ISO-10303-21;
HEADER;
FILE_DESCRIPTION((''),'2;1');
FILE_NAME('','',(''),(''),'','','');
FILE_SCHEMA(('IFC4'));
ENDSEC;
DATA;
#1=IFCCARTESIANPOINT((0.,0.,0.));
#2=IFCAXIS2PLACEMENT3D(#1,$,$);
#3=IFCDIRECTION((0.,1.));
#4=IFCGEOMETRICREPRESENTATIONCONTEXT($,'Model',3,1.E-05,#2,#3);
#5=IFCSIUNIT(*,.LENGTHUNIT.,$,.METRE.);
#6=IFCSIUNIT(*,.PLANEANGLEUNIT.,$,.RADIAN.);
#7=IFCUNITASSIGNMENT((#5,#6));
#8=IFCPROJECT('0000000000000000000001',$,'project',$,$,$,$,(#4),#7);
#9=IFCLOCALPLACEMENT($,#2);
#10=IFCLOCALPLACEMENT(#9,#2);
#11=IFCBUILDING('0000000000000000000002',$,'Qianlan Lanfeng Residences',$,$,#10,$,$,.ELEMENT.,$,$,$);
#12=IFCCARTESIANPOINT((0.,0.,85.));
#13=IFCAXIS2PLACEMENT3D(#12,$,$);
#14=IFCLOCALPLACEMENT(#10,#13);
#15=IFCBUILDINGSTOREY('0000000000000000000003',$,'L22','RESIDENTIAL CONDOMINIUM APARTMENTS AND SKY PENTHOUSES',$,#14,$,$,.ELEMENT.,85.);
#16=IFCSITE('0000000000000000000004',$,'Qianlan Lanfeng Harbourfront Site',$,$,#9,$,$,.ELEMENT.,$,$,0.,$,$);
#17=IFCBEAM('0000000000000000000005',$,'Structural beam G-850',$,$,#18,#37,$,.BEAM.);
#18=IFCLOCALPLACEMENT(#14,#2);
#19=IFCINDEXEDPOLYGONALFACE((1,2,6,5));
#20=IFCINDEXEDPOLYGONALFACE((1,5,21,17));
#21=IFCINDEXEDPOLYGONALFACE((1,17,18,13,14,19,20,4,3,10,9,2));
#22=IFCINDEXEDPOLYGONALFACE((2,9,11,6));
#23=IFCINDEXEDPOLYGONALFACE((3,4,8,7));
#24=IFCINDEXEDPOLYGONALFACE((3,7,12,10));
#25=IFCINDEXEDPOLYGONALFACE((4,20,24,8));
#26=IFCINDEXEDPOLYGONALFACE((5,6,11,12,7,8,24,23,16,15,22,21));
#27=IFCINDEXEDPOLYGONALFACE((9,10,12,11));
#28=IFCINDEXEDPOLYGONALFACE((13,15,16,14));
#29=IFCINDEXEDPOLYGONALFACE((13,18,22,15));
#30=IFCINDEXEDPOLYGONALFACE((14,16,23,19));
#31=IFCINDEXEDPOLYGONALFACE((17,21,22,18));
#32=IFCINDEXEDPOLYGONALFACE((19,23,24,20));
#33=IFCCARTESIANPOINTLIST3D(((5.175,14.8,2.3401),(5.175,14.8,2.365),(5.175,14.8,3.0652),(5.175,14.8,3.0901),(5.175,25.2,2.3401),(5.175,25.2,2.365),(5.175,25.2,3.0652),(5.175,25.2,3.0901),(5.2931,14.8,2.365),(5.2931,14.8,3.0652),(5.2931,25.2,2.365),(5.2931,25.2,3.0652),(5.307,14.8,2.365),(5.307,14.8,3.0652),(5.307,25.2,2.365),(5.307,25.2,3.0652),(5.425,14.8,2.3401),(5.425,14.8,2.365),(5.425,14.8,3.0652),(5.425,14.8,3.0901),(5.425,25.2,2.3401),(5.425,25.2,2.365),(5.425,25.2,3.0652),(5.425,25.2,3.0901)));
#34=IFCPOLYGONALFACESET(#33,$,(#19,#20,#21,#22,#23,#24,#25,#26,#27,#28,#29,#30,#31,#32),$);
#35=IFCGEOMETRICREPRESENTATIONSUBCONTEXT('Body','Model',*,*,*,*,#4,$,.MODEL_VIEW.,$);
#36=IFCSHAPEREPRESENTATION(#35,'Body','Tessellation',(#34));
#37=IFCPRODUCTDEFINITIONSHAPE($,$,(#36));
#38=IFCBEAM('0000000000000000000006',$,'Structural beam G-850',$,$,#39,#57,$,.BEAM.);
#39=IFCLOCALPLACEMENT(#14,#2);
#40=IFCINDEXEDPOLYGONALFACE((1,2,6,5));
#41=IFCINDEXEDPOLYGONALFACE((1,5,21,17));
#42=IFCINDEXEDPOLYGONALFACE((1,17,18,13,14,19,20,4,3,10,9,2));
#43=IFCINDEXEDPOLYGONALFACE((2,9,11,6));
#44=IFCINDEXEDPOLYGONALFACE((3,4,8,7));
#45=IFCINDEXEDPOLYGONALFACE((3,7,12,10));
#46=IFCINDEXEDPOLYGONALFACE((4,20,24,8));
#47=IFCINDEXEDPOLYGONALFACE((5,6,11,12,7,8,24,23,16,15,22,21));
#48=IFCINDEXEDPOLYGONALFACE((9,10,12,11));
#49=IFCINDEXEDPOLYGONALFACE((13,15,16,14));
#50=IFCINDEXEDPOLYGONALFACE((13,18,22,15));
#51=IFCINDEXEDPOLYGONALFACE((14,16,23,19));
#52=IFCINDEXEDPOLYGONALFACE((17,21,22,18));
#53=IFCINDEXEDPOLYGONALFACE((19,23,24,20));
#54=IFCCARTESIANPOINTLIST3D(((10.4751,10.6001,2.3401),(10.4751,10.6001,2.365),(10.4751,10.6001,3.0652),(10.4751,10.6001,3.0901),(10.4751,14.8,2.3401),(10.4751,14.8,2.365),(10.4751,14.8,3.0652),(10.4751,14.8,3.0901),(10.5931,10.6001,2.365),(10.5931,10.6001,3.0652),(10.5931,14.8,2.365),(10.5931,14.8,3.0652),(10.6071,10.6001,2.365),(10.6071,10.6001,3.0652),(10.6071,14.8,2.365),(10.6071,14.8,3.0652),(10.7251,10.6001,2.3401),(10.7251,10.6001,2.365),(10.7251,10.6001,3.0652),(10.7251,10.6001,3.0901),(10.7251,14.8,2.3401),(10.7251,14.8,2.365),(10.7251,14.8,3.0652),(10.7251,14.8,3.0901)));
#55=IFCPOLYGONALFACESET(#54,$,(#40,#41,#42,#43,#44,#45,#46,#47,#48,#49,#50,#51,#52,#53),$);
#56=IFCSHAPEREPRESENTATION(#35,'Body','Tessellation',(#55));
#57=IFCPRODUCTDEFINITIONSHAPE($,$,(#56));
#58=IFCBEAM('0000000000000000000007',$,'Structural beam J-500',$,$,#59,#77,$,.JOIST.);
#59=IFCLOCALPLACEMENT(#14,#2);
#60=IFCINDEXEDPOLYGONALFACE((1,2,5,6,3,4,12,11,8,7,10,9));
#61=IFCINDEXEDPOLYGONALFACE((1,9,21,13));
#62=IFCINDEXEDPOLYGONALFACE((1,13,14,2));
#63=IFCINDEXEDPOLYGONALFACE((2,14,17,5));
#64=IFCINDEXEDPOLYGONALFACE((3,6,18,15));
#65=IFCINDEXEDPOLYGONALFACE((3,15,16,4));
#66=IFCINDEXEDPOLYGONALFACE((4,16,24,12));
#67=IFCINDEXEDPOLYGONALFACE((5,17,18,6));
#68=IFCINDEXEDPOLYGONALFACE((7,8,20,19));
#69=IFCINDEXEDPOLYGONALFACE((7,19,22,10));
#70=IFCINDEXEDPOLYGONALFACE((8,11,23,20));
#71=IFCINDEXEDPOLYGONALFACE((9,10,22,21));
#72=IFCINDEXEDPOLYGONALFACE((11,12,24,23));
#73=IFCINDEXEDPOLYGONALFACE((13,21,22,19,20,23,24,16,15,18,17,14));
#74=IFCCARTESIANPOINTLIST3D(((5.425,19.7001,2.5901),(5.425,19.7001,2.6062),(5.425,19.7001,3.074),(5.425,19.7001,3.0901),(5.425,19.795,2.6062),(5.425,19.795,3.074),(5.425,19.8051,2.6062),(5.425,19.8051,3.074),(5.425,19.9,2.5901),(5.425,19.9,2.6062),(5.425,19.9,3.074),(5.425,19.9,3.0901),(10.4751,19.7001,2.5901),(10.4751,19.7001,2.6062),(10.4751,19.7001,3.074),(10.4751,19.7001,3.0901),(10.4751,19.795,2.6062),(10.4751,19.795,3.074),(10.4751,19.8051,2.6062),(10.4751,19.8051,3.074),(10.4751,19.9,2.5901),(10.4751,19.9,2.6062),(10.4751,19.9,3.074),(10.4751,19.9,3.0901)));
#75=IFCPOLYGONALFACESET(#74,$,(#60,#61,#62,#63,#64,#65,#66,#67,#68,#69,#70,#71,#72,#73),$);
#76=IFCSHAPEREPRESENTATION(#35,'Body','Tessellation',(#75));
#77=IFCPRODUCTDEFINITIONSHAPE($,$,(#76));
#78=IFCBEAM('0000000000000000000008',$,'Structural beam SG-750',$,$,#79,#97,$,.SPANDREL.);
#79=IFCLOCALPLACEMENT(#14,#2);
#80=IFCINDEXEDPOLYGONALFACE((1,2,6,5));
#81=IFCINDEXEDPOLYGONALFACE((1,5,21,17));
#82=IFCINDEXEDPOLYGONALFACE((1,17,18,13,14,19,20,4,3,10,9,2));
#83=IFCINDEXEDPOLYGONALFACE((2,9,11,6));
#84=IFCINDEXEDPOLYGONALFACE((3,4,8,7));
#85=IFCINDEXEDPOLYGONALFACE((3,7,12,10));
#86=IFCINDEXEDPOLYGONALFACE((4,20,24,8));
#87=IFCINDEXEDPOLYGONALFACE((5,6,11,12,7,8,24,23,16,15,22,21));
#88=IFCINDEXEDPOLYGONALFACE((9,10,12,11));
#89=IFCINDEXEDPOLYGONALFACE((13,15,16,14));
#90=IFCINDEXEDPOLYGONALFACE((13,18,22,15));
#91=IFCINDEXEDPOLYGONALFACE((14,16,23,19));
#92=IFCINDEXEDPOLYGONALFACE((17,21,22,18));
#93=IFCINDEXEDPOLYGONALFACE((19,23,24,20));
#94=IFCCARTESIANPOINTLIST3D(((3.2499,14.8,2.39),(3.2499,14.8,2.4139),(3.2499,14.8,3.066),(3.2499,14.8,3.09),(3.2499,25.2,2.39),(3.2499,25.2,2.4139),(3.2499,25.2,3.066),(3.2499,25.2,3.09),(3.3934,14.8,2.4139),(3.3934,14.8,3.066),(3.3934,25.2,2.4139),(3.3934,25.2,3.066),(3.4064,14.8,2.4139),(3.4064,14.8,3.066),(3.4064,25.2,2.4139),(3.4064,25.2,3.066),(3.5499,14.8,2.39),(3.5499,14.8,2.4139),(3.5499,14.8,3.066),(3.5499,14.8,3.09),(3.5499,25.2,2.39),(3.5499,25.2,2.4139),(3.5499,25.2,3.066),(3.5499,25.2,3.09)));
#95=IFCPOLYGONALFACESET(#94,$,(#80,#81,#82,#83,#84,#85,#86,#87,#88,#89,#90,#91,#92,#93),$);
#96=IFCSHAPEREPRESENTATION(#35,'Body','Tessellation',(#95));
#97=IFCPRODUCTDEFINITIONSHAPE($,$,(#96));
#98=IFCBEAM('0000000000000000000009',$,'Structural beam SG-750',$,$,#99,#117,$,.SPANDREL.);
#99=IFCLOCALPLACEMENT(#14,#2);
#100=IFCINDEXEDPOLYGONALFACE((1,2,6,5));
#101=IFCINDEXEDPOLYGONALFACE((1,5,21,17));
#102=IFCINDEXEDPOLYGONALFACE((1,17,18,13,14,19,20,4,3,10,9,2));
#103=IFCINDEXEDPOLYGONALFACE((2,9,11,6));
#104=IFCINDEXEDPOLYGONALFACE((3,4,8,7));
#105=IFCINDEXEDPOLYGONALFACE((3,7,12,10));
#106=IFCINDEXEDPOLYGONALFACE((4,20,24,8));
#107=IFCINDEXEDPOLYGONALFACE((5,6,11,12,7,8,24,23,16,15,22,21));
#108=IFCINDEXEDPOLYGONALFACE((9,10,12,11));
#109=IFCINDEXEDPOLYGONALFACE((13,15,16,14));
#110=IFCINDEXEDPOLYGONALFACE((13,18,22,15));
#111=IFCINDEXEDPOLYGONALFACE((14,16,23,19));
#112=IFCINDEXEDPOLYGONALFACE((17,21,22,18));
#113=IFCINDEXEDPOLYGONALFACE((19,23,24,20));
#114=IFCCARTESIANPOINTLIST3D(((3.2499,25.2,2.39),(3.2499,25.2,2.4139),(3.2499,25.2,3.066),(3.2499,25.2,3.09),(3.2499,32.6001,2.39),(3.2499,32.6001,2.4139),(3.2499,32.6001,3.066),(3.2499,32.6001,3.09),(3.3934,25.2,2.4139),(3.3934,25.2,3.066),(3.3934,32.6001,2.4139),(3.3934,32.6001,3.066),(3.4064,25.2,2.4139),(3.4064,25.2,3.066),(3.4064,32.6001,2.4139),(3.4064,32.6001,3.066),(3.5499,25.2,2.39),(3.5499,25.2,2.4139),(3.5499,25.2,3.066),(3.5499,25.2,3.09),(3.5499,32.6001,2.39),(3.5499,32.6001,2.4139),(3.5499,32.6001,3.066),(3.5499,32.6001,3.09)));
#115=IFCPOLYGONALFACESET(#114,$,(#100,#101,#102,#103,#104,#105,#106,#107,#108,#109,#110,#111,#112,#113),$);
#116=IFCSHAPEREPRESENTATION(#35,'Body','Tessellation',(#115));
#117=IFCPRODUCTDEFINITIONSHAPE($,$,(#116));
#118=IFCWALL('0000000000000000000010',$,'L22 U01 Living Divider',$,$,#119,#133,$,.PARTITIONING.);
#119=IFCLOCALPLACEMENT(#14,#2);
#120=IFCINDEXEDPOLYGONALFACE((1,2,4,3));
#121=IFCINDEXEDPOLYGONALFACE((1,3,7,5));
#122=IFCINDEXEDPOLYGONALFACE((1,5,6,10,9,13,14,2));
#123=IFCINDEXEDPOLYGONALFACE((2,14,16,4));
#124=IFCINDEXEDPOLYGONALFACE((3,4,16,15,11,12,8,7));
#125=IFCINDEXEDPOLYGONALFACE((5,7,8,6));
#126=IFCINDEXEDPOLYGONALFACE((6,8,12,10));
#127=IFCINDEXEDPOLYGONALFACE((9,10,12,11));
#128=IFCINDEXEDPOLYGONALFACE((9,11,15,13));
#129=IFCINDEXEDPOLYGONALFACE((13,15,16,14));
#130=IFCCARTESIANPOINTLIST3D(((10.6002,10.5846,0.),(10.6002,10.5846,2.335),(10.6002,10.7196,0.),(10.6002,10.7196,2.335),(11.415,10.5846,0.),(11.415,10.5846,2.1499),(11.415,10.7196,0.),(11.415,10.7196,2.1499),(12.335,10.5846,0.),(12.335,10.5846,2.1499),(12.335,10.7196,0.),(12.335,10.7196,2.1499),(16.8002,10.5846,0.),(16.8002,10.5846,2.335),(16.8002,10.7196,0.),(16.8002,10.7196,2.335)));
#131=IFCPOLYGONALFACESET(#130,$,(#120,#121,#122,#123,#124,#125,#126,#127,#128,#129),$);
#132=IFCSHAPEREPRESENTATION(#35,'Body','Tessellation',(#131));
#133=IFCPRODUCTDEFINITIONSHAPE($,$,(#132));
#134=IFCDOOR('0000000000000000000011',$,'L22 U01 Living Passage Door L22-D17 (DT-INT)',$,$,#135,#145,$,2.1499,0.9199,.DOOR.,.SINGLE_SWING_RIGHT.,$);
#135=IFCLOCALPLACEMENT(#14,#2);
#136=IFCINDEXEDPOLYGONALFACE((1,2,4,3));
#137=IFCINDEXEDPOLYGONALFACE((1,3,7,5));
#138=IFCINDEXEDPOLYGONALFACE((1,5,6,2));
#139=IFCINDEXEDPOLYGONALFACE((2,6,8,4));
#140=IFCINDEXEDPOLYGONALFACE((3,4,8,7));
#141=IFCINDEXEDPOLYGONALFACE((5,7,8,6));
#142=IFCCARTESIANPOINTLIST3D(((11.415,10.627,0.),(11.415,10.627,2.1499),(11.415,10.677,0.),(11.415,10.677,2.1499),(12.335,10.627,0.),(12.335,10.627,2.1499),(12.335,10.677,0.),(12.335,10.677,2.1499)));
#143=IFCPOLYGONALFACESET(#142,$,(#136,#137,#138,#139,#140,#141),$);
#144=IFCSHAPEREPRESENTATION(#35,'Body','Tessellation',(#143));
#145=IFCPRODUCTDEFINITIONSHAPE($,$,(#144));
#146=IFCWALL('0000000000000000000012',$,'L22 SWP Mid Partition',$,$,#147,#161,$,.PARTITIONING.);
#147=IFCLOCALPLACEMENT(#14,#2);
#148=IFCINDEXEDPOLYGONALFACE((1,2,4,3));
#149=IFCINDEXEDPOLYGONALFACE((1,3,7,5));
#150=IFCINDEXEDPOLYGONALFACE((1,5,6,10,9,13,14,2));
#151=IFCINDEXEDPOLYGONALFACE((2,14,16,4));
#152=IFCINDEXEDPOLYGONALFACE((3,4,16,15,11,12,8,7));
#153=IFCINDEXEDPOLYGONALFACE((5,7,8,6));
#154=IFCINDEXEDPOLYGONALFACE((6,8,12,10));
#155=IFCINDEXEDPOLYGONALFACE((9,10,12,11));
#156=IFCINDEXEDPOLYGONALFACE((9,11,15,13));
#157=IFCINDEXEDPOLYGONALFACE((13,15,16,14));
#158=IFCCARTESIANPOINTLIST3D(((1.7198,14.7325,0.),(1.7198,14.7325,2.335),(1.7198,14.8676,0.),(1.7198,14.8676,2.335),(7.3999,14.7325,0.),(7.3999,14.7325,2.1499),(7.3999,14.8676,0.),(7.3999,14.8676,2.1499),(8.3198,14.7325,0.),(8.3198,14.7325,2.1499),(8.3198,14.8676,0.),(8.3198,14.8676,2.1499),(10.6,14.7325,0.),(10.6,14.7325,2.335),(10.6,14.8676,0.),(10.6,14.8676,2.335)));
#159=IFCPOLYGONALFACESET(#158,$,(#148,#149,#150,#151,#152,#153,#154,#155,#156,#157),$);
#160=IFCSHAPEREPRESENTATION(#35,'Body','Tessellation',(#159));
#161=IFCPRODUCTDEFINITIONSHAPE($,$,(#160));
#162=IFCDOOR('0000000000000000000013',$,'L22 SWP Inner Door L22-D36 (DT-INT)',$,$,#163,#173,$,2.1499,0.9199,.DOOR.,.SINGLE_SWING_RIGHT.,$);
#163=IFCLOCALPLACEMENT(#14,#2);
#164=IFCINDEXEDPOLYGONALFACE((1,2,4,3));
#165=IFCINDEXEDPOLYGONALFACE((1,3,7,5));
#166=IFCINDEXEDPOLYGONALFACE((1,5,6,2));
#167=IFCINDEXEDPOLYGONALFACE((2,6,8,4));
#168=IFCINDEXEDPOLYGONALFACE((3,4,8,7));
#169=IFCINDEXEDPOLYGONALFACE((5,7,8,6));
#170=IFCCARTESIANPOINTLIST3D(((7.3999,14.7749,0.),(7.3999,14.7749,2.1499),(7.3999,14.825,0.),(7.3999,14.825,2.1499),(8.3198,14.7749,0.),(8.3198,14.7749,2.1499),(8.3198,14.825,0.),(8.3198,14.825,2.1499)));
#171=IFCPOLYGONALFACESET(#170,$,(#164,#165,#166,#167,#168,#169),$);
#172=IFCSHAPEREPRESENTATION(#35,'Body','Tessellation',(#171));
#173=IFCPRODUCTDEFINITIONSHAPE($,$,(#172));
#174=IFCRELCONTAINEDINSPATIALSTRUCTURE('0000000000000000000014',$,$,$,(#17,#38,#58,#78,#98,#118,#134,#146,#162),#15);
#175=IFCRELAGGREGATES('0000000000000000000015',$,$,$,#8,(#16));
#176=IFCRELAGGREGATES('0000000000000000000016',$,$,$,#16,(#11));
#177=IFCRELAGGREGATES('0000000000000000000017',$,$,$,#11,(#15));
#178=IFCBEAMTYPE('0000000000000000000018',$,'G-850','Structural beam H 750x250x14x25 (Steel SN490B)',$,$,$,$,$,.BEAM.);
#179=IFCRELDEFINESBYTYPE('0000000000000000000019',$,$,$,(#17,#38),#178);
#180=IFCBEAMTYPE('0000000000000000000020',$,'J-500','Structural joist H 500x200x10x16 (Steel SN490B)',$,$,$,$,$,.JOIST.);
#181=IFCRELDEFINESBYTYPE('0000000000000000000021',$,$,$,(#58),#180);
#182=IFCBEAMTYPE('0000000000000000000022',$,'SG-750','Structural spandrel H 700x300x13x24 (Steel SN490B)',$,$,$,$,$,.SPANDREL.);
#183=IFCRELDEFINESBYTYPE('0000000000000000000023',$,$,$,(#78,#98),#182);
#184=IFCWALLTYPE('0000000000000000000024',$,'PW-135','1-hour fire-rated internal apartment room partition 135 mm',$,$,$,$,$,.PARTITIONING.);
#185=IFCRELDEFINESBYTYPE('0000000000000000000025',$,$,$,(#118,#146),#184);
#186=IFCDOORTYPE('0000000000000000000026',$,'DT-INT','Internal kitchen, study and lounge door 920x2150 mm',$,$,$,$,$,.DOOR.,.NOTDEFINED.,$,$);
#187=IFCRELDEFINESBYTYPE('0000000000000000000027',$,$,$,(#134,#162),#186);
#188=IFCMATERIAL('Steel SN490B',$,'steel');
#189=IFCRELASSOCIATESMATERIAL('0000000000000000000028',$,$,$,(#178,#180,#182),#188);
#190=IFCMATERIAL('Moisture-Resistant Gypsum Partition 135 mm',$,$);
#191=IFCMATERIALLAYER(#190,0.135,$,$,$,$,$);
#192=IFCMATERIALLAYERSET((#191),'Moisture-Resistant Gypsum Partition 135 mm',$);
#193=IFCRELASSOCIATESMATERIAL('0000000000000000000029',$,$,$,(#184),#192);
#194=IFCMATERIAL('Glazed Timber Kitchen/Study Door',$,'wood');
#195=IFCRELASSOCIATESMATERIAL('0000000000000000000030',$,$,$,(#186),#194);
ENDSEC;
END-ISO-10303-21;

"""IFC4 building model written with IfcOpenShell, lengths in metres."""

from ifc_helpers import new_model, si_unit, direction, frame, frame_2d, origin, origin_2d, place, context, subcontext, project, spatial, rectangle, i_section, extrude, material, layer, layer_set, material_profile, profile_set, type_object, element, fill, save


model = new_model("IFC4")

# Units and contexts
model_context = context("Model", 3, precision=1e-05, world=origin(), true_north=direction((0.0, 1.0)))
body_context = subcontext(model_context, "Body", "Model", "MODEL_VIEW")
ifc_project = project(units=[si_unit("LENGTHUNIT", "METRE"), si_unit("PLANEANGLEUNIT", "RADIAN")], contexts=[model_context])

# Site, building, storey
site_placement = place(None, origin())
site = spatial("IfcSite", under=ifc_project, at=site_placement, Name="Qianlan Lanfeng Harbourfront Site", CompositionType="ELEMENT", RefElevation=0.0)
building_placement = place(site_placement, origin())
building = spatial("IfcBuilding", under=site, at=building_placement, Name="Qianlan Lanfeng Residences", CompositionType="ELEMENT")
storey_placement = place(building_placement, frame((0.0, 0.0, 85.0)))
storey = spatial("IfcBuildingStorey", under=building, at=storey_placement, Name="L22", Description="RESIDENTIAL CONDOMINIUM APARTMENTS AND SKY PENTHOUSES", CompositionType="ELEMENT", Elevation=85.0)

# Shared definitions
ifc_material_1 = material(Name="Steel SN490B", Category="steel")

# Beams
ifc_material_profile_1 = material_profile(ifc_material_1, i_section(OverallWidth=0.25, OverallDepth=0.75, WebThickness=0.0139, FlangeThickness=0.0249, at=origin_2d()), Name="H 750x250x14x25")
ifc_profile_set_1 = profile_set([ifc_material_profile_1], Name="Steel SN490B")
beam_type_1 = type_object("IfcBeamType", Name="G-850", Description="Structural beam H 750x250x14x25 (Steel SN490B)", PredefinedType="BEAM", material=ifc_profile_set_1)
beam_1_placement = place(storey_placement, frame((5.3, 14.8, 2.7151), z_axis=(0.0, 1.0, 0.0), x_axis=(-1.0, 0.0, 0.0)))
element("IfcBeam", 1, at=beam_1_placement, inside=storey, type_object=beam_type_1, Name="Structural beam G-850", PredefinedType="BEAM", context=body_context, shape_type="SweptSolid", body=[
    extrude(i_section(OverallWidth=0.25, OverallDepth=0.75, WebThickness=0.0139, FlangeThickness=0.0249, at=origin_2d()), origin(), (0.0, 0.0, 1.0), 10.3999),
])
beam_2_placement = place(storey_placement, frame((10.6001, 10.6001, 2.7151), z_axis=(0.0, 1.0, 0.0), x_axis=(-1.0, 0.0, 0.0)))
element("IfcBeam", 2, at=beam_2_placement, inside=storey, type_object=beam_type_1, Name="Structural beam G-850", PredefinedType="BEAM", context=body_context, shape_type="SweptSolid", body=[
    extrude(i_section(OverallWidth=0.25, OverallDepth=0.75, WebThickness=0.0139, FlangeThickness=0.0249, at=origin_2d()), origin(), (0.0, 0.0, 1.0), 4.2),
])
ifc_material_profile_2 = material_profile(ifc_material_1, i_section(OverallWidth=0.2, OverallDepth=0.5, WebThickness=0.01, FlangeThickness=0.0161, at=origin_2d()), Name="H 500x200x10x16")
ifc_profile_set_2 = profile_set([ifc_material_profile_2], Name="Steel SN490B")
beam_type_2 = type_object("IfcBeamType", Name="J-500", Description="Structural joist H 500x200x10x16 (Steel SN490B)", PredefinedType="JOIST", material=ifc_profile_set_2)
beam_3_placement = place(storey_placement, frame((5.425, 19.8, 2.8401), z_axis=(1.0, 0.0, 0.0), x_axis=(0.0, 1.0, 0.0)))
element("IfcBeam", 3, at=beam_3_placement, inside=storey, type_object=beam_type_2, Name="Structural beam J-500", PredefinedType="JOIST", context=body_context, shape_type="SweptSolid", body=[
    extrude(i_section(OverallWidth=0.2, OverallDepth=0.5, WebThickness=0.01, FlangeThickness=0.0161, at=origin_2d()), origin(), (0.0, 0.0, 1.0), 5.05),
])
ifc_material_profile_3 = material_profile(ifc_material_1, i_section(OverallWidth=0.3, OverallDepth=0.7, WebThickness=0.0129, FlangeThickness=0.0239, at=origin_2d()), Name="H 700x300x13x24")
ifc_profile_set_3 = profile_set([ifc_material_profile_3], Name="Steel SN490B")
beam_type_3 = type_object("IfcBeamType", Name="SG-750", Description="Structural spandrel H 700x300x13x24 (Steel SN490B)", PredefinedType="SPANDREL", material=ifc_profile_set_3)
beam_4_placement = place(storey_placement, frame((3.3999, 14.8, 2.74), z_axis=(0.0, 1.0, 0.0), x_axis=(-1.0, 0.0, 0.0)))
element("IfcBeam", 4, at=beam_4_placement, inside=storey, type_object=beam_type_3, Name="Structural beam SG-750", PredefinedType="SPANDREL", context=body_context, shape_type="SweptSolid", body=[
    extrude(i_section(OverallWidth=0.3, OverallDepth=0.7, WebThickness=0.0129, FlangeThickness=0.0239, at=origin_2d()), origin(), (0.0, 0.0, 1.0), 10.3999),
])
beam_5_placement = place(storey_placement, frame((3.3999, 25.2, 2.74), z_axis=(0.0, 1.0, 0.0), x_axis=(-1.0, 0.0, 0.0)))
element("IfcBeam", 5, at=beam_5_placement, inside=storey, type_object=beam_type_3, Name="Structural beam SG-750", PredefinedType="SPANDREL", context=body_context, shape_type="SweptSolid", body=[
    extrude(i_section(OverallWidth=0.3, OverallDepth=0.7, WebThickness=0.0129, FlangeThickness=0.0239, at=origin_2d()), origin(), (0.0, 0.0, 1.0), 7.4001),
])

# Walls, openings, doors
ifc_material_2 = material(Name="Moisture-Resistant Gypsum Partition 135 mm")
ifc_layer_1 = layer(ifc_material_2, 0.135)
ifc_layer_set_1 = layer_set([ifc_layer_1], Name="Moisture-Resistant Gypsum Partition 135 mm")
wall_type_1 = type_object("IfcWallType", Name="PW-135", Description="1-hour fire-rated internal apartment room partition 135 mm", PredefinedType="PARTITIONING", material=ifc_layer_set_1)
wall_1_placement = place(storey_placement, frame((10.6001, 10.6521, 0.0), z_axis=(0.0, 0.0, 1.0), x_axis=(1.0, 0.0, 0.0)))
wall_1 = element("IfcWall", 6, at=wall_1_placement, inside=storey, type_object=wall_type_1, Name="L22 U01 Living Divider", PredefinedType="PARTITIONING", context=body_context, shape_type="SweptSolid", body=[
    extrude(rectangle(XDim=6.2, YDim=0.135, at=frame_2d((3.1001, 0.0))), origin(), (0.0, 0.0, 1.0), 2.335),
])
opening_1_placement = place(wall_1_placement, frame((0.8149, 0.0, 0.0)))
opening_1 = element("IfcOpeningElement", 7, at=opening_1_placement, cuts=wall_1, PredefinedType="OPENING", context=body_context, shape_type="SweptSolid", body=[
    extrude(rectangle(XDim=0.9199, YDim=2.1499, at=frame_2d((0.46, 1.075))), frame((0.0, 0.0776, 0.0), z_axis=(0.0, -1.0, 0.0), x_axis=(1.0, 0.0, 0.0)), (0.0, 0.0, 1.0), 0.155),
])
ifc_material_3 = material(Name="Glazed Timber Kitchen/Study Door", Category="wood")
door_type_1 = type_object("IfcDoorType", Name="DT-INT", Description="Internal kitchen, study and lounge door 920x2150 mm", OperationType="NOTDEFINED", PredefinedType="DOOR", material=ifc_material_3)
door_1_placement = place(opening_1_placement, origin())
door_1 = element("IfcDoor", 8, at=door_1_placement, inside=storey, type_object=door_type_1, Name="L22 U01 Living Passage Door L22-D17 (DT-INT)", OperationType="SINGLE_SWING_RIGHT", OverallHeight=2.1499, OverallWidth=0.9199, PredefinedType="DOOR", context=body_context, shape_type="SweptSolid", body=[
    extrude(rectangle(XDim=0.9199, YDim=2.1499, at=frame_2d((0.46, 1.075))), frame((0.0, 0.0249, 0.0), z_axis=(0.0, -1.0, 0.0), x_axis=(1.0, 0.0, 0.0)), (0.0, 0.0, 1.0), 0.05),
])
fill(opening_1, door_1)
wall_2_placement = place(storey_placement, frame((1.72, 14.8, 0.0), z_axis=(0.0, 0.0, 1.0), x_axis=(1.0, 0.0, 0.0)))
wall_2 = element("IfcWall", 9, at=wall_2_placement, inside=storey, type_object=wall_type_1, Name="L22 SWP Mid Partition", PredefinedType="PARTITIONING", context=body_context, shape_type="SweptSolid", body=[
    extrude(rectangle(XDim=8.8801, YDim=0.135, at=frame_2d((4.4399, 0.0))), origin(), (0.0, 0.0, 1.0), 2.335),
])
opening_2_placement = place(wall_2_placement, frame((5.6799, 0.0, 0.0)))
opening_2 = element("IfcOpeningElement", 10, at=opening_2_placement, cuts=wall_2, PredefinedType="OPENING", context=body_context, shape_type="SweptSolid", body=[
    extrude(rectangle(XDim=0.9199, YDim=2.1499, at=frame_2d((0.46, 1.075))), frame((0.0, 0.0776, 0.0), z_axis=(0.0, -1.0, 0.0), x_axis=(1.0, 0.0, 0.0)), (0.0, 0.0, 1.0), 0.155),
])
door_2_placement = place(opening_2_placement, origin())
door_2 = element("IfcDoor", 11, at=door_2_placement, inside=storey, type_object=door_type_1, Name="L22 SWP Inner Door L22-D36 (DT-INT)", OperationType="SINGLE_SWING_RIGHT", OverallHeight=2.1499, OverallWidth=0.9199, PredefinedType="DOOR", context=body_context, shape_type="SweptSolid", body=[
    extrude(rectangle(XDim=0.9199, YDim=2.1499, at=frame_2d((0.46, 1.075))), frame((0.0, 0.0249, 0.0), z_axis=(0.0, -1.0, 0.0), x_axis=(1.0, 0.0, 0.0)), (0.0, 0.0, 1.0), 0.05),
])
fill(opening_2, door_2)

save(model, "model.ifc")
